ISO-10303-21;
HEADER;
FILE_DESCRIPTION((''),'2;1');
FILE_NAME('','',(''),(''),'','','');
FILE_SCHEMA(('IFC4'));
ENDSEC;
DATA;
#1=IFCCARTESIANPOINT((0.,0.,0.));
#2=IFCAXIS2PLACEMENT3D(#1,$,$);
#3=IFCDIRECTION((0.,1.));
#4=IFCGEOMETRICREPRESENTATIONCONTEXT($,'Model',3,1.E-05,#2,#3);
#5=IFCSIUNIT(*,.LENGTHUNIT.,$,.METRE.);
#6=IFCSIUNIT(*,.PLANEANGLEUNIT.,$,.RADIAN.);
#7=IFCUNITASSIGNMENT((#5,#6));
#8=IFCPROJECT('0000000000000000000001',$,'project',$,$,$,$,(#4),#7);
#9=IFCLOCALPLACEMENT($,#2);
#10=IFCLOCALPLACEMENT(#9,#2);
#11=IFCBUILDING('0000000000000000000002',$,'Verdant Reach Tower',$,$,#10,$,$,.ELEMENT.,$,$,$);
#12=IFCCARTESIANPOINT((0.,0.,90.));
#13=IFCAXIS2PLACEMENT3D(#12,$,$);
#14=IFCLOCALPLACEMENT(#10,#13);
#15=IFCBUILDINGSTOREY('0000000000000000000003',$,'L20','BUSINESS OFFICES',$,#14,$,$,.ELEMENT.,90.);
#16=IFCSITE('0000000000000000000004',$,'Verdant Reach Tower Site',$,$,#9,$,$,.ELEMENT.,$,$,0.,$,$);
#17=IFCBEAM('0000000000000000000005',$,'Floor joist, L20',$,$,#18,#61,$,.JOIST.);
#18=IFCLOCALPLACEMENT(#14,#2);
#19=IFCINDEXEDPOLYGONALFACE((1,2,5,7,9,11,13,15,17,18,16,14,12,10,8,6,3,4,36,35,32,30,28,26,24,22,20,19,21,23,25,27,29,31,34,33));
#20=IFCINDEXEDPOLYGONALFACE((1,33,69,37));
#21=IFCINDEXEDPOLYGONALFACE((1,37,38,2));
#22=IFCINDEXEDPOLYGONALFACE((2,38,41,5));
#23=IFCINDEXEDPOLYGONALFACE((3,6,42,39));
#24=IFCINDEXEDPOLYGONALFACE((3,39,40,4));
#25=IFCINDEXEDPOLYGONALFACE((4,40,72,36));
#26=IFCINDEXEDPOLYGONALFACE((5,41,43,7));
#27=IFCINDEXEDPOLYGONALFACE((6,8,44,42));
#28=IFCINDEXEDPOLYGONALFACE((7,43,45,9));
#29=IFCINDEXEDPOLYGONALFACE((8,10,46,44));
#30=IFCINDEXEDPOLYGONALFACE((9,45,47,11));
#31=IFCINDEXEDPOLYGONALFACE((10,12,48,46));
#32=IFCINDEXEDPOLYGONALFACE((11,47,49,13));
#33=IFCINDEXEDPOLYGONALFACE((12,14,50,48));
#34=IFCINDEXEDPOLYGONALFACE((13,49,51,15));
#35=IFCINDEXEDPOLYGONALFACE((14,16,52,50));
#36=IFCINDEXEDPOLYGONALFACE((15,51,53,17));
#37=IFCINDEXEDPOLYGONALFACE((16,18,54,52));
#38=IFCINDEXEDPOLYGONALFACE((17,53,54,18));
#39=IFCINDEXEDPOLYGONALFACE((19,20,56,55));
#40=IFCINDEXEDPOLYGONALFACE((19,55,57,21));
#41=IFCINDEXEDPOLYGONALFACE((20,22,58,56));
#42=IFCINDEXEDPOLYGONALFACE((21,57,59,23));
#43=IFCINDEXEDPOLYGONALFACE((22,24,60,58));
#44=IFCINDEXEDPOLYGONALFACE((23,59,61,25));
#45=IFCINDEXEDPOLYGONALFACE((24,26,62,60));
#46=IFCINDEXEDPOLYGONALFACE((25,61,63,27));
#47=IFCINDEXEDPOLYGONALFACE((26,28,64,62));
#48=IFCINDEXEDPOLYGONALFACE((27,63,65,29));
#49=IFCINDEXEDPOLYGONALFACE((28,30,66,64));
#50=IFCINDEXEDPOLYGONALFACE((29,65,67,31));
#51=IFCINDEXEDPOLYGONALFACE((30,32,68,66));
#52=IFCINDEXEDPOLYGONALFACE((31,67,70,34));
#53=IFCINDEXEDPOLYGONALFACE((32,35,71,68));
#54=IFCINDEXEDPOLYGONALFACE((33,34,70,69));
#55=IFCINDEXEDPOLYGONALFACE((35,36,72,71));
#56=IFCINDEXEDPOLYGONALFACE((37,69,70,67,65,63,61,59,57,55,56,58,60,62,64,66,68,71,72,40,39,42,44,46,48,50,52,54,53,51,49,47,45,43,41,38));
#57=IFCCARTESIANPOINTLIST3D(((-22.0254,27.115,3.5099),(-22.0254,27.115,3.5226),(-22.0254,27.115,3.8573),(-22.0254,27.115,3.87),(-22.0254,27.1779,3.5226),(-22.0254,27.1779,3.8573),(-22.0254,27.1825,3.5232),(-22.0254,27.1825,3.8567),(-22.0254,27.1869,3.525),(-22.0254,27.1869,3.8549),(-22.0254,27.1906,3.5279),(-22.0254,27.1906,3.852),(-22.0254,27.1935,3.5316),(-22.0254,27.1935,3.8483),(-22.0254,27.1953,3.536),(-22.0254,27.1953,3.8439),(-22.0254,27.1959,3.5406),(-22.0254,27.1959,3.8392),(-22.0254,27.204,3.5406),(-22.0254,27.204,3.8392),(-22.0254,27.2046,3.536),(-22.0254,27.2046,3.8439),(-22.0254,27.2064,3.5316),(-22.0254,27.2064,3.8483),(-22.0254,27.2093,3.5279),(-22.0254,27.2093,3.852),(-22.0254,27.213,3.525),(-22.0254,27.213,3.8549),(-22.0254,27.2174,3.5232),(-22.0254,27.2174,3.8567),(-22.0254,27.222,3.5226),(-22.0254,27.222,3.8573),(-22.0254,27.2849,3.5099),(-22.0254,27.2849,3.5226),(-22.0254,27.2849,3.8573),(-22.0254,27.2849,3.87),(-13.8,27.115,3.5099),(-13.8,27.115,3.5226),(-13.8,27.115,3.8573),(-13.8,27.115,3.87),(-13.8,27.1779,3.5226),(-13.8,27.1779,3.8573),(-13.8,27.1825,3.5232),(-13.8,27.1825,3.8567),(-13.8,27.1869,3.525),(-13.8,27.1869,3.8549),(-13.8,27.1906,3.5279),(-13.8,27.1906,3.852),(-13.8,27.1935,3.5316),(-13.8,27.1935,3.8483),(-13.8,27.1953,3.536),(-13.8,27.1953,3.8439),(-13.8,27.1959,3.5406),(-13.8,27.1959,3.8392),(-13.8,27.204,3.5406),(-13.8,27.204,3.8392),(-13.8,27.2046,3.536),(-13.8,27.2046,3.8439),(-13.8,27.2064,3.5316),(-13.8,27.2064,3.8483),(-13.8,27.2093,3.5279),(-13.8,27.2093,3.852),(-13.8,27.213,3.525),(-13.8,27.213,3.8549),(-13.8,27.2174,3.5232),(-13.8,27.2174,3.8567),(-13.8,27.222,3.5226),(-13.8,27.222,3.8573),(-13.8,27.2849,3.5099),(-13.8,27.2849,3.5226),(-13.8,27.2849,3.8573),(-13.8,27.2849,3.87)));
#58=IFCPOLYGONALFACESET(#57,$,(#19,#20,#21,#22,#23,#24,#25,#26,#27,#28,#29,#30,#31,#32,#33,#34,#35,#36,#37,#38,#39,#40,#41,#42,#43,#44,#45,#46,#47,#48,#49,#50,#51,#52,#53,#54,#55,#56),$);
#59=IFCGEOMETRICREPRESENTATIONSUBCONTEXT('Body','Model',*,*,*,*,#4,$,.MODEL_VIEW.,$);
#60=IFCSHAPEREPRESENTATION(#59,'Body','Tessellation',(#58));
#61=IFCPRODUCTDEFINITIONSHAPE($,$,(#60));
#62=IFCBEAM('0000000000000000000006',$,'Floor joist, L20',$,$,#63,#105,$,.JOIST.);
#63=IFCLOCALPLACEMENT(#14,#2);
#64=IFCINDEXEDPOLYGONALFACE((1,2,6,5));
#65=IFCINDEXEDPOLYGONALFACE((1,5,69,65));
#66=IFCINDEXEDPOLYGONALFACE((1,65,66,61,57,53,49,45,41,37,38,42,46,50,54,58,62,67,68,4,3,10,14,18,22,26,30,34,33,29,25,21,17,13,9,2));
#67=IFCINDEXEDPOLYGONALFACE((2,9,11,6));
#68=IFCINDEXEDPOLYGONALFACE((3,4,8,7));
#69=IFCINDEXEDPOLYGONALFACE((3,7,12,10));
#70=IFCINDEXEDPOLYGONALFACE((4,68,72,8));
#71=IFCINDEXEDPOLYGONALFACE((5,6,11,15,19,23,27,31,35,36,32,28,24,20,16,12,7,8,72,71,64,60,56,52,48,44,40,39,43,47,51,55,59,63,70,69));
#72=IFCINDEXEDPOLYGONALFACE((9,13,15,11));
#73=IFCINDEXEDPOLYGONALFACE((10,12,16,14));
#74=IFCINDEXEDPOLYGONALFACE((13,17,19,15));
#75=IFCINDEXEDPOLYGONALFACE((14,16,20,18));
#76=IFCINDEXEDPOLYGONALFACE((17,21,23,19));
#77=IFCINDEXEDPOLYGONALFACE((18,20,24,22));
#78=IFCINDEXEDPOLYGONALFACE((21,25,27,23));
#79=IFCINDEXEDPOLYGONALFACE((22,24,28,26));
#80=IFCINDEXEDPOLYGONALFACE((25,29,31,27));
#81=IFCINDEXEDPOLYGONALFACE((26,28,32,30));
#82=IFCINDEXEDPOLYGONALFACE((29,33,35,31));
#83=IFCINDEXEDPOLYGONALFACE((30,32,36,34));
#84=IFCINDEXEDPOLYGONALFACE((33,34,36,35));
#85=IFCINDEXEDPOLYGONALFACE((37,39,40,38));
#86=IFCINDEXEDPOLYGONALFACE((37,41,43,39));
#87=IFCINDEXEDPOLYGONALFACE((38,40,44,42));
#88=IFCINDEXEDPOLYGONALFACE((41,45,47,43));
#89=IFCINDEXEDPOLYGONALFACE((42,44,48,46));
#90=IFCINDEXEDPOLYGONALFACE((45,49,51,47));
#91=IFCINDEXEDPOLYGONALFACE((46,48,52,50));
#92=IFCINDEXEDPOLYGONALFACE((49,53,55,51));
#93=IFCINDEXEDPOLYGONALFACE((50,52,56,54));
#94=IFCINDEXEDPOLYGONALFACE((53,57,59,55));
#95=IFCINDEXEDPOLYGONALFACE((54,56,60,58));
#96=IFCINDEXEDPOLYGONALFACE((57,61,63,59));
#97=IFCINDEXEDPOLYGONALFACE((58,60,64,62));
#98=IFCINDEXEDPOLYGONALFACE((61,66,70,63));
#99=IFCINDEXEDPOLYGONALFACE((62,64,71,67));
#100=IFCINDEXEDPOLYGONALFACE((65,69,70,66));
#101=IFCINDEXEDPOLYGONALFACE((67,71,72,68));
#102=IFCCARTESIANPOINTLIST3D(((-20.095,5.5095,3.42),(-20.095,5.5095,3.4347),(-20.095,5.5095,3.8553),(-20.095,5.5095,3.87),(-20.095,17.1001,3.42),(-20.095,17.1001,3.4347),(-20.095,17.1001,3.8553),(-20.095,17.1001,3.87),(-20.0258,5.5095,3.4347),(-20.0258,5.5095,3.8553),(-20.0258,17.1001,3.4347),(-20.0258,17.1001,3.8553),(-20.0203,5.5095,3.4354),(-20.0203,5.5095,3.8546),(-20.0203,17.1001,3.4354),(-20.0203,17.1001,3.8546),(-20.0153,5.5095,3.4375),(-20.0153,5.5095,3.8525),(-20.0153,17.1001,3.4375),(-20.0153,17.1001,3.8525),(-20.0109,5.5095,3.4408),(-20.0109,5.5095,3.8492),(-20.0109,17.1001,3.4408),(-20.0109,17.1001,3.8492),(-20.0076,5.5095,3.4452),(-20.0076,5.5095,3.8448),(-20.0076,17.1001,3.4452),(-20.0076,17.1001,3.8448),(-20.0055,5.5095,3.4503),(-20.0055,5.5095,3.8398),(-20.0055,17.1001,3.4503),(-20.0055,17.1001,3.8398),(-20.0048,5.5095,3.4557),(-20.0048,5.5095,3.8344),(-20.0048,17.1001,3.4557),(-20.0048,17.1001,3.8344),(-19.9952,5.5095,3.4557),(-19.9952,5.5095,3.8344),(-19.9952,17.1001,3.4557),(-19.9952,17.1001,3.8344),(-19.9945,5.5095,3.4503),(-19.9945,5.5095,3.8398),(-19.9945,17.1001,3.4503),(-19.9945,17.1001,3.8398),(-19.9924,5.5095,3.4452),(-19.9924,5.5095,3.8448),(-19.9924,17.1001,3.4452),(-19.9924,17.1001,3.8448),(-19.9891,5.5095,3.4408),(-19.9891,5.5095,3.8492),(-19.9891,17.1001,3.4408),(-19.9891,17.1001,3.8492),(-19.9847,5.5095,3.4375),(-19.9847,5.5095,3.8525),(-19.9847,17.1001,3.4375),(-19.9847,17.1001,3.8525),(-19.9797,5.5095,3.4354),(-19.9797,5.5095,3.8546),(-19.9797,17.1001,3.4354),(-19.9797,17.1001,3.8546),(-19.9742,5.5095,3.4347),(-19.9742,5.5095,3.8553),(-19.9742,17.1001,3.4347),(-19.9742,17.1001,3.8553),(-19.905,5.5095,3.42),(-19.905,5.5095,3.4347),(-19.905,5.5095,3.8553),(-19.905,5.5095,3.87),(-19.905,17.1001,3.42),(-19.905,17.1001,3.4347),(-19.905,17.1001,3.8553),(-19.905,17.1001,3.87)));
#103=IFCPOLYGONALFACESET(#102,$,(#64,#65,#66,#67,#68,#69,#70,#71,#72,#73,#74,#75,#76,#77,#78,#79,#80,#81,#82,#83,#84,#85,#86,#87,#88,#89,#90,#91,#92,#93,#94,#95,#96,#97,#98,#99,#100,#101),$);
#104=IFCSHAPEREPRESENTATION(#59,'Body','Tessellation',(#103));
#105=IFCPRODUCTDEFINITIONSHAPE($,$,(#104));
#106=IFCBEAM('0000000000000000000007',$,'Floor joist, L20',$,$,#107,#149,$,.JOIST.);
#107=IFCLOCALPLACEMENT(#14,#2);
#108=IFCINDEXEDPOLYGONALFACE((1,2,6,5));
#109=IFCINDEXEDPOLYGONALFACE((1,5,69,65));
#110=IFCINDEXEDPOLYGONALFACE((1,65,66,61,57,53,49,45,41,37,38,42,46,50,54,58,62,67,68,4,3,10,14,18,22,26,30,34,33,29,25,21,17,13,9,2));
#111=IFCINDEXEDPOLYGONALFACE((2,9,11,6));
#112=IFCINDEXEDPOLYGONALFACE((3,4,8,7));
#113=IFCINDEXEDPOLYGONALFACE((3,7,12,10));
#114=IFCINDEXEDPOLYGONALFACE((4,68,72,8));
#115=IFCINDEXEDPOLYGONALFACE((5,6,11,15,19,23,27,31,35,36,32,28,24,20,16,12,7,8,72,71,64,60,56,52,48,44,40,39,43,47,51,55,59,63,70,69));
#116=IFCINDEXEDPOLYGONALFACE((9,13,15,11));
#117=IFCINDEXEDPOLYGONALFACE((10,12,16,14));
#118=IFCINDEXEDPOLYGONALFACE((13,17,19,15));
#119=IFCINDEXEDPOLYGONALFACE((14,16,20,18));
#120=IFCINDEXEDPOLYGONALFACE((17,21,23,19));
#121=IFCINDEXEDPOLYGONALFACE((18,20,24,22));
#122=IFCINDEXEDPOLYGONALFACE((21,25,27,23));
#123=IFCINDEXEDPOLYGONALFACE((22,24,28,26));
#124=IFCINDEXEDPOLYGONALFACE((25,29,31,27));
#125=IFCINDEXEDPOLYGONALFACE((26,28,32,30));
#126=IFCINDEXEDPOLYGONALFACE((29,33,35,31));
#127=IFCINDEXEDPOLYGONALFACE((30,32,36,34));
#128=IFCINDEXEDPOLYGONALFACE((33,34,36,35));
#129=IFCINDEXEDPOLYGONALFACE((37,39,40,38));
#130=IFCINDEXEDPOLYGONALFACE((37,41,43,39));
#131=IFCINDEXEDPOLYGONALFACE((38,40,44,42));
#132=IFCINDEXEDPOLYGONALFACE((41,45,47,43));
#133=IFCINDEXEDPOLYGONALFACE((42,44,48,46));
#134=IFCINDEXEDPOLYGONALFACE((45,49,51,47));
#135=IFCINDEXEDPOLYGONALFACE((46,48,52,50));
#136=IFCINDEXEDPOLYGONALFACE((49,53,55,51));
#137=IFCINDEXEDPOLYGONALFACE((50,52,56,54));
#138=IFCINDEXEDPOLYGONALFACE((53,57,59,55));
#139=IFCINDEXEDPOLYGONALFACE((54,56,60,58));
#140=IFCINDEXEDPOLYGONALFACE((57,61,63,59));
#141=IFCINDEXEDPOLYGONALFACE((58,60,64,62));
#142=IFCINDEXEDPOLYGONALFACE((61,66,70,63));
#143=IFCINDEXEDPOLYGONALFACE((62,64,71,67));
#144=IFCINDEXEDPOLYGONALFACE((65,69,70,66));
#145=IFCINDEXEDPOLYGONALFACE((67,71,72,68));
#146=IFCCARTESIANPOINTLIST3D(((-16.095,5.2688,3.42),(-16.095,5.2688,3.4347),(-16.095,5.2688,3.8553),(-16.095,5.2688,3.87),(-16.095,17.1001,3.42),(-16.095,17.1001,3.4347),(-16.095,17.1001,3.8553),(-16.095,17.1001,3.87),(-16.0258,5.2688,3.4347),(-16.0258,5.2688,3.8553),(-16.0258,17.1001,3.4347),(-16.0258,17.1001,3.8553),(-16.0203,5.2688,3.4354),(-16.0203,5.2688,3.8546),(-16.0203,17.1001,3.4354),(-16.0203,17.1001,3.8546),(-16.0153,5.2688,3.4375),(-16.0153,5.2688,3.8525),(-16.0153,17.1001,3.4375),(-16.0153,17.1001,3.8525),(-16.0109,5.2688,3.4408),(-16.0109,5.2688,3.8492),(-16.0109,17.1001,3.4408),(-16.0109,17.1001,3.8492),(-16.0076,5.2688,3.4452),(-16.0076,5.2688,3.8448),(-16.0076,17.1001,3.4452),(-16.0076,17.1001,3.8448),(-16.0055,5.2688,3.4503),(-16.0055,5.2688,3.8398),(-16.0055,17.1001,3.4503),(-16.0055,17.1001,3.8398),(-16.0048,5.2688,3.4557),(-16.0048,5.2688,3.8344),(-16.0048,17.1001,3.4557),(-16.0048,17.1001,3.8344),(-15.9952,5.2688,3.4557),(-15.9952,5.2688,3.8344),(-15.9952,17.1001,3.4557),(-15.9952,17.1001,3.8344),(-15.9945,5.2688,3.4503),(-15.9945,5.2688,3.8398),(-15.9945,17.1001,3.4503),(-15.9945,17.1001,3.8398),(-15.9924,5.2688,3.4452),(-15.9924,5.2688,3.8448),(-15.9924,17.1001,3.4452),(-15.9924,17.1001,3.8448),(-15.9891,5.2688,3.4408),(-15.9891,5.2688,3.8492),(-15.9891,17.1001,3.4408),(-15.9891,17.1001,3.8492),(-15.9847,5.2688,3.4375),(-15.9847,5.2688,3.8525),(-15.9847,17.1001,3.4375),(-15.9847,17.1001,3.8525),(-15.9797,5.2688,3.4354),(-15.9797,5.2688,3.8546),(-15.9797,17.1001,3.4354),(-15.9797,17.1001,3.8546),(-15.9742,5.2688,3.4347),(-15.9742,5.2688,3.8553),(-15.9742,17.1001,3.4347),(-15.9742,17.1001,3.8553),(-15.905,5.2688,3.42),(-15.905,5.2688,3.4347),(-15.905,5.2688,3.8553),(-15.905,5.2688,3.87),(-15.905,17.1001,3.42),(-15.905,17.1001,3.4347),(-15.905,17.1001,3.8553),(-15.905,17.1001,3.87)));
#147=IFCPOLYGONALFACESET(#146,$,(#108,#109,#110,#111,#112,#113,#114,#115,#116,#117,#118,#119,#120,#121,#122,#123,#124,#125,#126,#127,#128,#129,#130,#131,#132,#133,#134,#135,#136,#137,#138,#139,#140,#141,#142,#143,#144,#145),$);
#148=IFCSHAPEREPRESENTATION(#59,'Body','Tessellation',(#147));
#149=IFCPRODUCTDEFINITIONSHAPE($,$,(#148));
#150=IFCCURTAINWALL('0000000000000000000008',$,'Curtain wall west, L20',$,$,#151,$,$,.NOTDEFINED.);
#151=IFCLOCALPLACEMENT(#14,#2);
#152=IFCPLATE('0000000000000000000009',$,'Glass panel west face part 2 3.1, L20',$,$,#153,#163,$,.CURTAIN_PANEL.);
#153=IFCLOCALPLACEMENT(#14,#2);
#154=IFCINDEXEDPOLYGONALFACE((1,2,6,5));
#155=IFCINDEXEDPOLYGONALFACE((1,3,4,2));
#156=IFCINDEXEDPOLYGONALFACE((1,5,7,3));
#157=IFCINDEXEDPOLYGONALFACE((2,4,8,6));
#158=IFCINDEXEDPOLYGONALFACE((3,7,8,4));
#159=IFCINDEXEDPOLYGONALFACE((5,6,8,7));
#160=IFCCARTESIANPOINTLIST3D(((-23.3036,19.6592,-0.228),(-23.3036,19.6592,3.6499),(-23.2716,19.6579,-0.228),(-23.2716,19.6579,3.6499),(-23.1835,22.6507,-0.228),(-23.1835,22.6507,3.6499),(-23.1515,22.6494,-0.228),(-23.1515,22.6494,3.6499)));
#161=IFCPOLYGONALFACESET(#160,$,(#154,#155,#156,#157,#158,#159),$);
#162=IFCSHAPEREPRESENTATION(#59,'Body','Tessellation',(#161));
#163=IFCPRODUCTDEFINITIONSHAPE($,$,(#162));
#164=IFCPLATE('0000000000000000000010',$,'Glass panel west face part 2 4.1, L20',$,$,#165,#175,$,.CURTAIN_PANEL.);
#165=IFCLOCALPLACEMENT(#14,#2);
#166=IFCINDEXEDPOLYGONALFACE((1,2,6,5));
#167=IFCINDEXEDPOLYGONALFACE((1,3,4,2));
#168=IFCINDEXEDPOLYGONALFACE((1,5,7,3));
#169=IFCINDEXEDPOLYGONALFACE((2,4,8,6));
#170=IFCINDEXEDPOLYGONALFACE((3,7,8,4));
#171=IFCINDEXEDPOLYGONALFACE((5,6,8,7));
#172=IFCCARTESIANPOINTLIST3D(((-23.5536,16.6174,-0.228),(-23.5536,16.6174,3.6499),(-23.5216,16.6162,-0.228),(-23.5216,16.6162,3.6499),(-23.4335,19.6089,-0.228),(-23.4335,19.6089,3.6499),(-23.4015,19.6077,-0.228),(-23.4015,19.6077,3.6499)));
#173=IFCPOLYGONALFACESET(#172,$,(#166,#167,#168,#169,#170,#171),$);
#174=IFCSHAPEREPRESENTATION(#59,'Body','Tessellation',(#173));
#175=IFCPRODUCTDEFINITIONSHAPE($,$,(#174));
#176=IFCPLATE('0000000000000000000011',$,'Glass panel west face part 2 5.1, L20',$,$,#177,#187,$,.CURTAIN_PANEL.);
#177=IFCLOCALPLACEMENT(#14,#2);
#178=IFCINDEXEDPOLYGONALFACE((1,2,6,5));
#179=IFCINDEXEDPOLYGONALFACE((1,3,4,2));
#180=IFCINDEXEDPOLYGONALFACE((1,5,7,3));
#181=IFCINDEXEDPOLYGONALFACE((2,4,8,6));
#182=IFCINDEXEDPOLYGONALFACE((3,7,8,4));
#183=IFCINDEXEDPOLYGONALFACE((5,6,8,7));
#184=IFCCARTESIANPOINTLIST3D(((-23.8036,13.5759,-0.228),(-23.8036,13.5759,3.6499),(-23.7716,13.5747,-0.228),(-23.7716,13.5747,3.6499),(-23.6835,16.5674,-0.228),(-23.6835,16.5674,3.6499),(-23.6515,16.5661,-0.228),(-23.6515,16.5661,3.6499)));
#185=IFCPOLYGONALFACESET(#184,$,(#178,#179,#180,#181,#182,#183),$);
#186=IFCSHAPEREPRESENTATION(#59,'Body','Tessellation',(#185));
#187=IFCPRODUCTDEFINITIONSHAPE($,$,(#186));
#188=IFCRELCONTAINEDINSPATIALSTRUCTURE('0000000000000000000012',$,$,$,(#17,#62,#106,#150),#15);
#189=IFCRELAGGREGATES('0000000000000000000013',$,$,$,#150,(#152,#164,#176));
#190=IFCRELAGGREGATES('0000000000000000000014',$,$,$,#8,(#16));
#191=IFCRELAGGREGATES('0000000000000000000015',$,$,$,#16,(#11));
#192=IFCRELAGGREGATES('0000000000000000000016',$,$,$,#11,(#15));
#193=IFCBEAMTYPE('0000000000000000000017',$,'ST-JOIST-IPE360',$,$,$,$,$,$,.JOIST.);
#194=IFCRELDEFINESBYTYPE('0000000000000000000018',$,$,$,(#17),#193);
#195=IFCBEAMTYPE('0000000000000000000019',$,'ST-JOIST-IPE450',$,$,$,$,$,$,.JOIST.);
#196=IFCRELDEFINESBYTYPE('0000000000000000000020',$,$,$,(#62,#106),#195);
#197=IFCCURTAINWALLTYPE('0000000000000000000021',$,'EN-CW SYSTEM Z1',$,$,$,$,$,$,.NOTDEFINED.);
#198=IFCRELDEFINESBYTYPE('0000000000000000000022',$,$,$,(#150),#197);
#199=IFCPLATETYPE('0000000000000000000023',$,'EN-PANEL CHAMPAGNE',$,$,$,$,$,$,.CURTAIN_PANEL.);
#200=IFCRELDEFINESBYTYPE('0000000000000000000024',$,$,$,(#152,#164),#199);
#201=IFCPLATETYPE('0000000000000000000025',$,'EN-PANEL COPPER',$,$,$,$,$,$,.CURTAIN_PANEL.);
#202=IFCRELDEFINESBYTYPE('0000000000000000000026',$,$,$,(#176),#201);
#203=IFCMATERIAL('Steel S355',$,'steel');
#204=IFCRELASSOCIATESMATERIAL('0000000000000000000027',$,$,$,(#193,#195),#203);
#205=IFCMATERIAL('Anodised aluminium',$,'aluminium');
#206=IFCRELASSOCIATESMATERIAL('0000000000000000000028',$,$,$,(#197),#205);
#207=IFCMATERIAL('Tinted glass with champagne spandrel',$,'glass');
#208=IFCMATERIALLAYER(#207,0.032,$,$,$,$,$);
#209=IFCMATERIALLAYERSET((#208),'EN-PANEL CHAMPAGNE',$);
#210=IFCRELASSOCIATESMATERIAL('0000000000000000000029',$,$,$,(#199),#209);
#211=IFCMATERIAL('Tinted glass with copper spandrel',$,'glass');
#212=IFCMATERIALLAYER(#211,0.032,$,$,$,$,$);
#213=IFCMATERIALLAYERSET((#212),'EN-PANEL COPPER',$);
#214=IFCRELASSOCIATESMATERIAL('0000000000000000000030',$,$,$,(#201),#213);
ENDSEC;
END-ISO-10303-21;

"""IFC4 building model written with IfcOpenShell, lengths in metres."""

from ifc_helpers import new_model, si_unit, direction, frame, origin, origin_2d, place, context, subcontext, project, spatial, rectangle, i_section, extrude, material, layer, layer_set, material_profile, profile_set, type_object, element, aggregate, save


model = new_model("IFC4")

# Units and contexts
model_context = context("Model", 3, precision=1e-05, world=origin(), true_north=direction((0.0, 1.0)))
body_context = subcontext(model_context, "Body", "Model", "MODEL_VIEW")
ifc_project = project(units=[si_unit("LENGTHUNIT", "METRE"), si_unit("PLANEANGLEUNIT", "RADIAN")], contexts=[model_context])

# Site, building, storey
site_placement = place(None, origin())
site = spatial("IfcSite", under=ifc_project, at=site_placement, Name="Verdant Reach Tower Site", CompositionType="ELEMENT", RefElevation=0.0)
building_placement = place(site_placement, origin())
building = spatial("IfcBuilding", under=site, at=building_placement, Name="Verdant Reach Tower", CompositionType="ELEMENT")
storey_placement = place(building_placement, frame((0.0, 0.0, 90.0)))
storey = spatial("IfcBuildingStorey", under=building, at=storey_placement, Name="L20", Description="BUSINESS OFFICES", CompositionType="ELEMENT", Elevation=90.0)

# Beams
ifc_material_1 = material(Name="Steel S355", Category="steel")
ifc_material_profile_1 = material_profile(ifc_material_1, i_section(OverallWidth=0.1699, OverallDepth=0.3601, WebThickness=0.0081, FlangeThickness=0.0127, FilletRadius=0.0181, at=origin_2d()), Name="IPE 360")
ifc_profile_set_1 = profile_set([ifc_material_profile_1], Name="Steel S355")
beam_type_1 = type_object("IfcBeamType", Name="ST-JOIST-IPE360", PredefinedType="JOIST", material=ifc_profile_set_1)
beam_1_placement = place(storey_placement, frame((-13.8, 27.2, 3.6899), z_axis=(-1.0, 0.0, 0.0), x_axis=(0.0, -1.0, 0.0)))
element("IfcBeam", 1, at=beam_1_placement, inside=storey, type_object=beam_type_1, Name="Floor joist, L20", PredefinedType="JOIST", context=body_context, shape_type="SweptSolid", body=[
    extrude(i_section(OverallWidth=0.1699, OverallDepth=0.3601, WebThickness=0.0081, FlangeThickness=0.0127, FilletRadius=0.0181, at=origin_2d()), origin(), (0.0, 0.0, 1.0), 8.2253),
])
ifc_material_profile_2 = material_profile(ifc_material_1, i_section(OverallWidth=0.1899, OverallDepth=0.45, WebThickness=0.0095, FlangeThickness=0.0146, FilletRadius=0.021, at=origin_2d()), Name="IPE 450")
ifc_profile_set_2 = profile_set([ifc_material_profile_2], Name="Steel S355")
beam_type_2 = type_object("IfcBeamType", Name="ST-JOIST-IPE450", PredefinedType="JOIST", material=ifc_profile_set_2)
beam_2_placement = place(storey_placement, frame((-20.0, 17.1001, 3.645), z_axis=(0.0, -1.0, 0.0), x_axis=(1.0, 0.0, 0.0)))
element("IfcBeam", 2, at=beam_2_placement, inside=storey, type_object=beam_type_2, Name="Floor joist, L20", PredefinedType="JOIST", context=body_context, shape_type="SweptSolid", body=[
    extrude(i_section(OverallWidth=0.1899, OverallDepth=0.45, WebThickness=0.0095, FlangeThickness=0.0146, FilletRadius=0.021, at=origin_2d()), origin(), (0.0, 0.0, 1.0), 11.5906),
])
beam_3_placement = place(storey_placement, frame((-16.0, 17.1001, 3.645), z_axis=(0.0, -1.0, 0.0), x_axis=(1.0, 0.0, 0.0)))
element("IfcBeam", 3, at=beam_3_placement, inside=storey, type_object=beam_type_2, Name="Floor joist, L20", PredefinedType="JOIST", context=body_context, shape_type="SweptSolid", body=[
    extrude(i_section(OverallWidth=0.1899, OverallDepth=0.45, WebThickness=0.0095, FlangeThickness=0.0146, FilletRadius=0.021, at=origin_2d()), origin(), (0.0, 0.0, 1.0), 11.8313),
])

# Curtain wall, plates
ifc_material_2 = material(Name="Anodised aluminium", Category="aluminium")
curtain_wall_type = type_object("IfcCurtainWallType", Name="EN-CW SYSTEM Z1", PredefinedType="NOTDEFINED", material=ifc_material_2)
curtain_wall_placement = place(storey_placement, origin())
curtain_wall = element("IfcCurtainWall", 4, at=curtain_wall_placement, inside=storey, type_object=curtain_wall_type, Name="Curtain wall west, L20", PredefinedType="NOTDEFINED")
ifc_material_3 = material(Name="Tinted glass with champagne spandrel", Category="glass")
ifc_layer_1 = layer(ifc_material_3, 0.032)
ifc_layer_set_1 = layer_set([ifc_layer_1], Name="EN-PANEL CHAMPAGNE")
plate_type_1 = type_object("IfcPlateType", Name="EN-PANEL CHAMPAGNE", PredefinedType="CURTAIN_PANEL", material=ifc_layer_set_1)
plate_1_placement = place(storey_placement, frame((-23.2275, 21.1543, -0.228), z_axis=(0.0, 0.0, 1.0), x_axis=(-0.040109, -0.999195, 0.0)))
plate_1 = element("IfcPlate", 5, at=plate_1_placement, type_object=plate_type_1, Name="Glass panel west face part 2 3.1, L20", PredefinedType="CURTAIN_PANEL", context=body_context, shape_type="SweptSolid", body=[
    extrude(rectangle(XDim=2.9939, YDim=0.032, at=origin_2d()), origin(), (0.0, 0.0, 1.0), 3.8779),
])
plate_2_placement = place(storey_placement, frame((-23.4775, 18.1125, -0.228), z_axis=(0.0, 0.0, 1.0), x_axis=(-0.040109, -0.999195, 0.0)))
plate_2 = element("IfcPlate", 6, at=plate_2_placement, type_object=plate_type_1, Name="Glass panel west face part 2 4.1, L20", PredefinedType="CURTAIN_PANEL", context=body_context, shape_type="SweptSolid", body=[
    extrude(rectangle(XDim=2.9939, YDim=0.032, at=origin_2d()), origin(), (0.0, 0.0, 1.0), 3.8779),
])
ifc_material_4 = material(Name="Tinted glass with copper spandrel", Category="glass")
ifc_layer_2 = layer(ifc_material_4, 0.032)
ifc_layer_set_2 = layer_set([ifc_layer_2], Name="EN-PANEL COPPER")
plate_type_2 = type_object("IfcPlateType", Name="EN-PANEL COPPER", PredefinedType="CURTAIN_PANEL", material=ifc_layer_set_2)
plate_3_placement = place(storey_placement, frame((-23.7275, 15.071, -0.228), z_axis=(0.0, 0.0, 1.0), x_axis=(-0.040109, -0.999195, 0.0)))
plate_3 = element("IfcPlate", 7, at=plate_3_placement, type_object=plate_type_2, Name="Glass panel west face part 2 5.1, L20", PredefinedType="CURTAIN_PANEL", context=body_context, shape_type="SweptSolid", body=[
    extrude(rectangle(XDim=2.9939, YDim=0.032, at=origin_2d()), origin(), (0.0, 0.0, 1.0), 3.8779),
])
aggregate(curtain_wall, [plate_1, plate_2, plate_3])

save(model, "model.ifc")
